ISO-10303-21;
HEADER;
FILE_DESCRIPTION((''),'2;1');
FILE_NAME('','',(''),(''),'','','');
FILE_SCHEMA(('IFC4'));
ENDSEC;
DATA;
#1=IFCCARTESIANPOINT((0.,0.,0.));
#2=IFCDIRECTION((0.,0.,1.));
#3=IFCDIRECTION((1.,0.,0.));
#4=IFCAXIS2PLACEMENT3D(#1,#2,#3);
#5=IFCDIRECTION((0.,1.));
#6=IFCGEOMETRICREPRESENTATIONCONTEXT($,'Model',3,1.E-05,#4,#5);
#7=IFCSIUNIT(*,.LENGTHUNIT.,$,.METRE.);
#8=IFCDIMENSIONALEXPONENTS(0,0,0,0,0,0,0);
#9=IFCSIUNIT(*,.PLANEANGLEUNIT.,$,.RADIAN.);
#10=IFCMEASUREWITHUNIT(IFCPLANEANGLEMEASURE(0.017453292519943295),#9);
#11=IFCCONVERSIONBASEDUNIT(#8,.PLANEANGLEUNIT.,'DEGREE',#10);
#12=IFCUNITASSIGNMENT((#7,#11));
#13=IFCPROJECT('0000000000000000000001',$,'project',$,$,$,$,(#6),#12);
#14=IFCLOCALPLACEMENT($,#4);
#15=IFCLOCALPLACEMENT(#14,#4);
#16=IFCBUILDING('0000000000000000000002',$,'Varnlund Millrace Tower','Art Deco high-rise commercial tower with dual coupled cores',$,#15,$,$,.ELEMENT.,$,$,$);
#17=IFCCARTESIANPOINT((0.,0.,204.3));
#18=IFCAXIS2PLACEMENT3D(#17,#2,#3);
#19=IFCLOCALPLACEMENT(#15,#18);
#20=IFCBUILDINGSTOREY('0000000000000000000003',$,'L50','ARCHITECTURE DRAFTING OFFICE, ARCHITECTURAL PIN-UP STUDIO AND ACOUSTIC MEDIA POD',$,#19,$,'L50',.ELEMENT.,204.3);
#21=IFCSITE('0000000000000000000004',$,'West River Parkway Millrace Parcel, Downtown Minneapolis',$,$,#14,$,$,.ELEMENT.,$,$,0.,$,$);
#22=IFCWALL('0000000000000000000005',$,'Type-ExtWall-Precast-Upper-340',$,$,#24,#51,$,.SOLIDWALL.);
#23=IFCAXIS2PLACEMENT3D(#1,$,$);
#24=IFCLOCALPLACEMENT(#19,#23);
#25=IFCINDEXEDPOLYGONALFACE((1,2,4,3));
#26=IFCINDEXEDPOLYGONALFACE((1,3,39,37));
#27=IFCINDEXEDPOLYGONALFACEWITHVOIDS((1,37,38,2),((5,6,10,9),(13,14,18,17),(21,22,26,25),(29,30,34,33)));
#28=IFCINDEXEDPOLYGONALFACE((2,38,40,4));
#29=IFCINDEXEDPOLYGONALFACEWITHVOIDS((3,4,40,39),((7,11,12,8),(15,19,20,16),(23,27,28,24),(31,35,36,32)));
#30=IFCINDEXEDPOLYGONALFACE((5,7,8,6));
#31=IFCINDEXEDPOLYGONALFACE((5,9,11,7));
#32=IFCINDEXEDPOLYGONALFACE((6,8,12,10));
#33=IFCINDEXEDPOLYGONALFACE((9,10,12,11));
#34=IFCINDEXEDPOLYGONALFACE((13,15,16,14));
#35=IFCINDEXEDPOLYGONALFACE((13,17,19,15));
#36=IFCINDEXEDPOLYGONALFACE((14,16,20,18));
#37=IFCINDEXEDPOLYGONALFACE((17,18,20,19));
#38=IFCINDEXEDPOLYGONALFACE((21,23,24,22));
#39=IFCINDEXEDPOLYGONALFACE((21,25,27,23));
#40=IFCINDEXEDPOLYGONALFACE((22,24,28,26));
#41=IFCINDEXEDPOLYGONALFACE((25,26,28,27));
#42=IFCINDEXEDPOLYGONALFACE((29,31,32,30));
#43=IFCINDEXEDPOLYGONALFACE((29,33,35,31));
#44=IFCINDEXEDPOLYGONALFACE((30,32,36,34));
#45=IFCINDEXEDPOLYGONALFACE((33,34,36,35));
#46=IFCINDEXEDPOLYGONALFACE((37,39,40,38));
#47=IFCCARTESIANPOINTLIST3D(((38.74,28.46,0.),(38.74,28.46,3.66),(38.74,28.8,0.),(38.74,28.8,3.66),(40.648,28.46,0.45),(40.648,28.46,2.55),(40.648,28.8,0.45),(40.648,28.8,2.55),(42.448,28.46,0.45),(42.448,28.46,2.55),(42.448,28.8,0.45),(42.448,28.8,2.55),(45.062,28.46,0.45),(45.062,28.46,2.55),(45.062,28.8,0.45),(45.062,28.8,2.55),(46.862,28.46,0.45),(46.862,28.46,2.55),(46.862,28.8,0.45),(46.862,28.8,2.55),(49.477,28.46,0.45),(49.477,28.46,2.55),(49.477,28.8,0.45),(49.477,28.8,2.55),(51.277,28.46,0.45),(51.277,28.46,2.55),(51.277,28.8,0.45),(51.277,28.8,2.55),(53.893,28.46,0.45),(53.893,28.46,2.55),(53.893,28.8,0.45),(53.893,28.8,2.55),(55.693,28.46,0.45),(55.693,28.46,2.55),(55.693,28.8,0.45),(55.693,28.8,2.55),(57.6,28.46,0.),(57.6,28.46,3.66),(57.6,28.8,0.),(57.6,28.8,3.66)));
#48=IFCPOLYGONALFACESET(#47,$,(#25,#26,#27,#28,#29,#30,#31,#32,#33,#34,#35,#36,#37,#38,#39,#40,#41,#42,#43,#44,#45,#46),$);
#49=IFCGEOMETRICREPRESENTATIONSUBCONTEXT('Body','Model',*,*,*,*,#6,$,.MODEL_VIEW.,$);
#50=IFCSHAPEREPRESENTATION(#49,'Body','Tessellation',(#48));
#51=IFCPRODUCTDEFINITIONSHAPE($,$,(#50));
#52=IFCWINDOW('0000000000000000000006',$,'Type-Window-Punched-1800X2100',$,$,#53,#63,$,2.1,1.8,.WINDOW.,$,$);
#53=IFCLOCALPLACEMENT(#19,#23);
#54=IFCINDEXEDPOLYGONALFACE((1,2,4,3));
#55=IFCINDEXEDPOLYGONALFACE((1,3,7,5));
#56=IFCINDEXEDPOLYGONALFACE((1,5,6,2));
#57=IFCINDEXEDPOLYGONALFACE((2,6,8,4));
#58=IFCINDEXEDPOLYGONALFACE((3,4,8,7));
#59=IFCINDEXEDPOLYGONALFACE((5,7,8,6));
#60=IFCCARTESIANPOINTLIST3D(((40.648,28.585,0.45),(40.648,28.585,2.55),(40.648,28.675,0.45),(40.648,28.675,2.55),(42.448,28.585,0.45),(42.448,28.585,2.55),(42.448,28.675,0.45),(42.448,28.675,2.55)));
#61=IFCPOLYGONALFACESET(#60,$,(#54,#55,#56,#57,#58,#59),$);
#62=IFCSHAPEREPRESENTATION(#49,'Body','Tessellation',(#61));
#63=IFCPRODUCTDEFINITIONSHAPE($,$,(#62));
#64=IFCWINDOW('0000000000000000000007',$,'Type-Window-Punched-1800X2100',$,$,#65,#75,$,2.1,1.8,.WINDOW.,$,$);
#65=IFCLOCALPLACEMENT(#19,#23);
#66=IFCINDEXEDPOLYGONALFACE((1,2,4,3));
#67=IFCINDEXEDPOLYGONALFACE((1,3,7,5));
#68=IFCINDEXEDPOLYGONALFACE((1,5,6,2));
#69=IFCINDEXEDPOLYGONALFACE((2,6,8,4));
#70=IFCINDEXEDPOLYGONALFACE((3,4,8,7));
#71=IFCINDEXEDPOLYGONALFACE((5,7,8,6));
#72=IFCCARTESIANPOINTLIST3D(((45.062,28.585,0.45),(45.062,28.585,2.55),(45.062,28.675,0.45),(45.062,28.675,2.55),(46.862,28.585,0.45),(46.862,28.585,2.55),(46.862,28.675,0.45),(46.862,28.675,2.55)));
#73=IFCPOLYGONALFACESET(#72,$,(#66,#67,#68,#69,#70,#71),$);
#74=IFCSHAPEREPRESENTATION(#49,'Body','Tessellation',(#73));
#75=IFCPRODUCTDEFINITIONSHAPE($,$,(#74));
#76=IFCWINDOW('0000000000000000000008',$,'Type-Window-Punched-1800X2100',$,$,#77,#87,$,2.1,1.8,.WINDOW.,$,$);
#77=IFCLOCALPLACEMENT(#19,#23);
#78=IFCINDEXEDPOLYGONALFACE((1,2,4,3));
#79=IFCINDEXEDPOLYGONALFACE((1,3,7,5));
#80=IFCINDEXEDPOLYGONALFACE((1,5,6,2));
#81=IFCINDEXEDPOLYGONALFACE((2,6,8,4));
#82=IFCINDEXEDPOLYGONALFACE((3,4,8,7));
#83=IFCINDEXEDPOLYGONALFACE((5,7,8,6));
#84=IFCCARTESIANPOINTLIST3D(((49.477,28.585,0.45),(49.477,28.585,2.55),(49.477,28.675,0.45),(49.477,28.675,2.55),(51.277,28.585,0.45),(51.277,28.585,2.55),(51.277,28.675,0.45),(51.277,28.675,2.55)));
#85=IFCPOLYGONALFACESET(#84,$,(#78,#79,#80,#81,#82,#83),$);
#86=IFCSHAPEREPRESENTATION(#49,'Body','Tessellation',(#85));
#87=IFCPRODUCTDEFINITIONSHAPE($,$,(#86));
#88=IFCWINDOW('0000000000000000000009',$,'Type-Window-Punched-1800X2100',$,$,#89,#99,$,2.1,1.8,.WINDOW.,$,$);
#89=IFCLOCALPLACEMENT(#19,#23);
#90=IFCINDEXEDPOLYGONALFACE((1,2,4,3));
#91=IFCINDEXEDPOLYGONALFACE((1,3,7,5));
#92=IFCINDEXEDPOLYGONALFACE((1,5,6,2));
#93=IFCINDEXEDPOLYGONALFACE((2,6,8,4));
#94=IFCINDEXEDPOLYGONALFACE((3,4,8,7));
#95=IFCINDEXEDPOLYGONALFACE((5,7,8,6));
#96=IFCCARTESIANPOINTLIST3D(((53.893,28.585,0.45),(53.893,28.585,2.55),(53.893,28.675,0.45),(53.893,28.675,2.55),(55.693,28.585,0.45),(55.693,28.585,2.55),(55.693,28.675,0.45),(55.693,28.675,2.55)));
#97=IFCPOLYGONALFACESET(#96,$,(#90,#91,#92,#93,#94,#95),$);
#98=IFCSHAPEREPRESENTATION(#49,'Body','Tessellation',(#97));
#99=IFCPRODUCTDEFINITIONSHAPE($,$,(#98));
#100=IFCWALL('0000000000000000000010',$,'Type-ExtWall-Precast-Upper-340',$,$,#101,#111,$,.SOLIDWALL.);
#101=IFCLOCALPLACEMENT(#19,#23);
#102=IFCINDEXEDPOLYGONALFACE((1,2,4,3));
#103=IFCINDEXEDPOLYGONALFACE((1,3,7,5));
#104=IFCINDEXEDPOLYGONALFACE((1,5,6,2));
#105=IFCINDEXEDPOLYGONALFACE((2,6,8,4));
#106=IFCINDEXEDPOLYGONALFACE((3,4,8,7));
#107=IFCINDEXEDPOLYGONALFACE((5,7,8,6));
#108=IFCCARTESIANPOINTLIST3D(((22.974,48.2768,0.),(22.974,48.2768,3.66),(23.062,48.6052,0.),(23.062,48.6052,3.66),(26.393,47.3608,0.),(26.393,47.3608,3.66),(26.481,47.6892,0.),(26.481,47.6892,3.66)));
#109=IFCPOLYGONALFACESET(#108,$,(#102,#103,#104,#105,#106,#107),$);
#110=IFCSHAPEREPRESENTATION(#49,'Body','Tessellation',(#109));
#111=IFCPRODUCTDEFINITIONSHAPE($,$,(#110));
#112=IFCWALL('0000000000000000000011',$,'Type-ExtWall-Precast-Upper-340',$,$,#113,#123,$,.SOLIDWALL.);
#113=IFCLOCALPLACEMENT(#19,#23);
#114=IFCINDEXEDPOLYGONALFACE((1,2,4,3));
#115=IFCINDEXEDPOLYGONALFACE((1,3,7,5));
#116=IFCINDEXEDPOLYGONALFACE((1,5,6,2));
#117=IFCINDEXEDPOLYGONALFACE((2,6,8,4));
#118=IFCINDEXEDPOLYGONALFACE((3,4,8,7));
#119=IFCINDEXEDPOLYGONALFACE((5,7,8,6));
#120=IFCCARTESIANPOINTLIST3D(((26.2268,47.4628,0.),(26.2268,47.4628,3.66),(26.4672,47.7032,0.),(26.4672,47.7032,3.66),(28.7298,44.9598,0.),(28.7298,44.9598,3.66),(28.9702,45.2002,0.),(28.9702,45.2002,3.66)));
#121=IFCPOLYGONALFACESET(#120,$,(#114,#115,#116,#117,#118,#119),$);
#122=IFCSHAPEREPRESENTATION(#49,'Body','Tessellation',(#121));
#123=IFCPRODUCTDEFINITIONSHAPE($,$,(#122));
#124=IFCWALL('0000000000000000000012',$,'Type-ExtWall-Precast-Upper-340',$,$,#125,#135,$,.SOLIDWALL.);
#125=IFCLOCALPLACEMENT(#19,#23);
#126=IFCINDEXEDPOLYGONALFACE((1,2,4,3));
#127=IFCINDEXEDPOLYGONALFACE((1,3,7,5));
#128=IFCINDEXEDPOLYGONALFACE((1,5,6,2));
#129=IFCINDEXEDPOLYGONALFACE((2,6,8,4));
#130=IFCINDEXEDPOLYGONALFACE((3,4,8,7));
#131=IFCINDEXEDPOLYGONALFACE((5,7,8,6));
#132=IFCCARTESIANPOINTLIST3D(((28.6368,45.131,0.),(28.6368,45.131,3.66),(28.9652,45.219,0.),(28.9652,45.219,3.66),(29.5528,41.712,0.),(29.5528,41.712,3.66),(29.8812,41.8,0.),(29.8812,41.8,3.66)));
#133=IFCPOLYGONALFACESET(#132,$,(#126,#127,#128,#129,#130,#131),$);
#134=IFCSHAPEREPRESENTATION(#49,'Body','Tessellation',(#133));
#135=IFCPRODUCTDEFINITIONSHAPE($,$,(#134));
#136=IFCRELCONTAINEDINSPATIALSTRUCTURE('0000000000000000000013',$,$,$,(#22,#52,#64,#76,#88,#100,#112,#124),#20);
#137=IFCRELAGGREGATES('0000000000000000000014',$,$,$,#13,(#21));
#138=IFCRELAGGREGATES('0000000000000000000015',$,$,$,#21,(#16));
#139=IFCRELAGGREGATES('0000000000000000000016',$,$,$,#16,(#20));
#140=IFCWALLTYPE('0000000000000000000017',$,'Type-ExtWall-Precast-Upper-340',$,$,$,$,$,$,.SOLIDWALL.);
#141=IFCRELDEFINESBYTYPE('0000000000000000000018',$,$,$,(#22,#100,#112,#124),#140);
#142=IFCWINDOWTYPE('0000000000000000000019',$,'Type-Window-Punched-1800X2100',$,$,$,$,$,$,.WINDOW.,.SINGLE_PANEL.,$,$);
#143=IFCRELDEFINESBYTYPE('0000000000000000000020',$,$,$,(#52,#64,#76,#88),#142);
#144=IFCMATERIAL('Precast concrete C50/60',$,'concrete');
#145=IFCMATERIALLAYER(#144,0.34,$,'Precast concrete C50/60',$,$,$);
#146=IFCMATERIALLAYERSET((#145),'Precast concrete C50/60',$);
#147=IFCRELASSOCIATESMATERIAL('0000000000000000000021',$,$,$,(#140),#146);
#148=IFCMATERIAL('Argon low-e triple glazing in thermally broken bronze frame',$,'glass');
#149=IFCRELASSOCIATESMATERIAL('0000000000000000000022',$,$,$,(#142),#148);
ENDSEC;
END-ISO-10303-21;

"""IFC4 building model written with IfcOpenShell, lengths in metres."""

from ifc_helpers import new_model, entity, si_unit, converted_unit, direction, frame, origin_with_axes, origin_2d_with_axis, place, context, subcontext, project, spatial, polyline, rectangle, outline, extrude, material, layer, layer_set, type_object, element, fill, save


model = new_model("IFC4")

# Units and contexts
model_context = context("Model", 3, precision=1e-05, world=origin_with_axes(), true_north=direction((0.0, 1.0)))
body_context = subcontext(model_context, "Body", "Model", "MODEL_VIEW")
ifc_project = project(units=[si_unit("LENGTHUNIT", "METRE"), converted_unit("PLANEANGLEUNIT", "DEGREE", entity("IfcPlaneAngleMeasure", 0.017453292519943295), si_unit("PLANEANGLEUNIT", "RADIAN"), dimensions=[0, 0, 0, 0, 0, 0, 0])], contexts=[model_context])

# Site, building, storey
site_placement = place(None, origin_with_axes())
site = spatial("IfcSite", under=ifc_project, at=site_placement, Name="West River Parkway Millrace Parcel, Downtown Minneapolis", CompositionType="ELEMENT", RefElevation=0.0)
building_placement = place(site_placement, origin_with_axes())
building = spatial("IfcBuilding", under=site, at=building_placement, Name="Varnlund Millrace Tower", Description="Art Deco high-rise commercial tower with dual coupled cores", CompositionType="ELEMENT")
storey_placement = place(building_placement, frame((0.0, 0.0, 204.3), z_axis=(0.0, 0.0, 1.0), x_axis=(1.0, 0.0, 0.0)))
storey = spatial("IfcBuildingStorey", under=building, at=storey_placement, Name="L50", Description="ARCHITECTURE DRAFTING OFFICE, ARCHITECTURAL PIN-UP STUDIO AND ACOUSTIC MEDIA POD", LongName="L50", CompositionType="ELEMENT", Elevation=204.3)

# Shared definitions
ifc_material_1 = material(Name="Precast concrete C50/60", Category="concrete")
ifc_layer_1 = layer(ifc_material_1, 0.34, Name="Precast concrete C50/60")
ifc_layer_set_1 = layer_set([ifc_layer_1], Name="Precast concrete C50/60")
wall_type_1 = type_object("IfcWallType", Name="Type-ExtWall-Precast-Upper-340", PredefinedType="SOLIDWALL", material=ifc_layer_set_1)

# Wall, openings, windows
wall_1_placement = place(storey_placement, frame((38.74, 28.63, 0.0), z_axis=(0.0, 0.0, 1.0), x_axis=(1.0, 0.0, 0.0)))
wall_1 = element("IfcWall", 1, at=wall_1_placement, inside=storey, type_object=wall_type_1, Name="Type-ExtWall-Precast-Upper-340", PredefinedType="SOLIDWALL", context=body_context, shape_type="SweptSolid", body=[
    extrude(outline(polyline([(0.0, -0.17), (18.86, -0.17), (18.86, 0.17), (0.0, 0.17), (0.0, -0.17)])), origin_with_axes(), (0.0, 0.0, 1.0), 3.66),
])
opening_1_placement = place(wall_1_placement, frame((2.808, 0.0, 0.45), z_axis=(0.0, 0.0, 1.0), x_axis=(1.0, 0.0, 0.0)))
opening_1 = element("IfcOpeningElement", 2, at=opening_1_placement, cuts=wall_1, PredefinedType="OPENING", context=body_context, shape_type="SweptSolid", body=[
    extrude(rectangle(XDim=1.8, YDim=0.36, at=origin_2d_with_axis()), origin_with_axes(), (0.0, 0.0, 1.0), 2.1),
])
opening_2_placement = place(wall_1_placement, frame((7.222, 0.0, 0.45), z_axis=(0.0, 0.0, 1.0), x_axis=(1.0, 0.0, 0.0)))
opening_2 = element("IfcOpeningElement", 3, at=opening_2_placement, cuts=wall_1, PredefinedType="OPENING", context=body_context, shape_type="SweptSolid", body=[
    extrude(rectangle(XDim=1.8, YDim=0.36, at=origin_2d_with_axis()), origin_with_axes(), (0.0, 0.0, 1.0), 2.1),
])
opening_3_placement = place(wall_1_placement, frame((11.637, 0.0, 0.45), z_axis=(0.0, 0.0, 1.0), x_axis=(1.0, 0.0, 0.0)))
opening_3 = element("IfcOpeningElement", 4, at=opening_3_placement, cuts=wall_1, PredefinedType="OPENING", context=body_context, shape_type="SweptSolid", body=[
    extrude(rectangle(XDim=1.8, YDim=0.36, at=origin_2d_with_axis()), origin_with_axes(), (0.0, 0.0, 1.0), 2.1),
])
opening_4_placement = place(wall_1_placement, frame((16.053, 0.0, 0.45), z_axis=(0.0, 0.0, 1.0), x_axis=(1.0, 0.0, 0.0)))
opening_4 = element("IfcOpeningElement", 5, at=opening_4_placement, cuts=wall_1, PredefinedType="OPENING", context=body_context, shape_type="SweptSolid", body=[
    extrude(rectangle(XDim=1.8, YDim=0.36, at=origin_2d_with_axis()), origin_with_axes(), (0.0, 0.0, 1.0), 2.1),
])
ifc_material_2 = material(Name="Argon low-e triple glazing in thermally broken bronze frame", Category="glass")
window_type_1 = type_object("IfcWindowType", Name="Type-Window-Punched-1800X2100", PartitioningType="SINGLE_PANEL", PredefinedType="WINDOW", material=ifc_material_2)
window_1_placement = place(wall_1_placement, frame((2.808, 0.0, 0.45), z_axis=(0.0, 0.0, 1.0), x_axis=(1.0, 0.0, 0.0)))
window_1 = element("IfcWindow", 6, at=window_1_placement, inside=storey, type_object=window_type_1, Name="Type-Window-Punched-1800X2100", OverallHeight=2.1, OverallWidth=1.8, PredefinedType="WINDOW", context=body_context, shape_type="SweptSolid", body=[
    extrude(rectangle(XDim=1.8, YDim=0.09, at=origin_2d_with_axis()), origin_with_axes(), (0.0, 0.0, 1.0), 2.1),
])
fill(opening_1, window_1)
window_2_placement = place(wall_1_placement, frame((7.222, 0.0, 0.45), z_axis=(0.0, 0.0, 1.0), x_axis=(1.0, 0.0, 0.0)))
window_2 = element("IfcWindow", 7, at=window_2_placement, inside=storey, type_object=window_type_1, Name="Type-Window-Punched-1800X2100", OverallHeight=2.1, OverallWidth=1.8, PredefinedType="WINDOW", context=body_context, shape_type="SweptSolid", body=[
    extrude(rectangle(XDim=1.8, YDim=0.09, at=origin_2d_with_axis()), origin_with_axes(), (0.0, 0.0, 1.0), 2.1),
])
fill(opening_2, window_2)
window_3_placement = place(wall_1_placement, frame((11.637, 0.0, 0.45), z_axis=(0.0, 0.0, 1.0), x_axis=(1.0, 0.0, 0.0)))
window_3 = element("IfcWindow", 8, at=window_3_placement, inside=storey, type_object=window_type_1, Name="Type-Window-Punched-1800X2100", OverallHeight=2.1, OverallWidth=1.8, PredefinedType="WINDOW", context=body_context, shape_type="SweptSolid", body=[
    extrude(rectangle(XDim=1.8, YDim=0.09, at=origin_2d_with_axis()), origin_with_axes(), (0.0, 0.0, 1.0), 2.1),
])
fill(opening_3, window_3)
window_4_placement = place(wall_1_placement, frame((16.053, 0.0, 0.45), z_axis=(0.0, 0.0, 1.0), x_axis=(1.0, 0.0, 0.0)))
window_4 = element("IfcWindow", 9, at=window_4_placement, inside=storey, type_object=window_type_1, Name="Type-Window-Punched-1800X2100", OverallHeight=2.1, OverallWidth=1.8, PredefinedType="WINDOW", context=body_context, shape_type="SweptSolid", body=[
    extrude(rectangle(XDim=1.8, YDim=0.09, at=origin_2d_with_axis()), origin_with_axes(), (0.0, 0.0, 1.0), 2.1),
])
fill(opening_4, window_4)

# Walls
wall_2_placement = place(storey_placement, frame((23.018, 48.441, 0.0), z_axis=(0.0, 0.0, 1.0), x_axis=(0.965934, -0.258788, 0.0)))
element("IfcWall", 10, at=wall_2_placement, inside=storey, type_object=wall_type_1, Name="Type-ExtWall-Precast-Upper-340", PredefinedType="SOLIDWALL", context=body_context, shape_type="SweptSolid", body=[
    extrude(outline(polyline([(0.0, -0.17), (3.5396, -0.17), (3.5396, 0.17), (0.0, 0.17), (0.0, -0.17)])), origin_with_axes(), (0.0, 0.0, 1.0), 3.66),
])
wall_3_placement = place(storey_placement, frame((26.347, 47.583, 0.0), z_axis=(0.0, 0.0, 1.0), x_axis=(0.707107, -0.707107, 0.0)))
element("IfcWall", 11, at=wall_3_placement, inside=storey, type_object=wall_type_1, Name="Type-ExtWall-Precast-Upper-340", PredefinedType="SOLIDWALL", context=body_context, shape_type="SweptSolid", body=[
    extrude(outline(polyline([(0.0, -0.17), (3.5398, -0.17), (3.5398, 0.17), (0.0, 0.17), (0.0, -0.17)])), origin_with_axes(), (0.0, 0.0, 1.0), 3.66),
])
wall_4_placement = place(storey_placement, frame((28.801, 45.175, 0.0), z_axis=(0.0, 0.0, 1.0), x_axis=(0.258788, -0.965934, 0.0)))
element("IfcWall", 12, at=wall_4_placement, inside=storey, type_object=wall_type_1, Name="Type-ExtWall-Precast-Upper-340", PredefinedType="SOLIDWALL", context=body_context, shape_type="SweptSolid", body=[
    extrude(outline(polyline([(0.0, -0.17), (3.5396, -0.17), (3.5396, 0.17), (0.0, 0.17), (0.0, -0.17)])), origin_with_axes(), (0.0, 0.0, 1.0), 3.66),
])

save(model, "model.ifc")
